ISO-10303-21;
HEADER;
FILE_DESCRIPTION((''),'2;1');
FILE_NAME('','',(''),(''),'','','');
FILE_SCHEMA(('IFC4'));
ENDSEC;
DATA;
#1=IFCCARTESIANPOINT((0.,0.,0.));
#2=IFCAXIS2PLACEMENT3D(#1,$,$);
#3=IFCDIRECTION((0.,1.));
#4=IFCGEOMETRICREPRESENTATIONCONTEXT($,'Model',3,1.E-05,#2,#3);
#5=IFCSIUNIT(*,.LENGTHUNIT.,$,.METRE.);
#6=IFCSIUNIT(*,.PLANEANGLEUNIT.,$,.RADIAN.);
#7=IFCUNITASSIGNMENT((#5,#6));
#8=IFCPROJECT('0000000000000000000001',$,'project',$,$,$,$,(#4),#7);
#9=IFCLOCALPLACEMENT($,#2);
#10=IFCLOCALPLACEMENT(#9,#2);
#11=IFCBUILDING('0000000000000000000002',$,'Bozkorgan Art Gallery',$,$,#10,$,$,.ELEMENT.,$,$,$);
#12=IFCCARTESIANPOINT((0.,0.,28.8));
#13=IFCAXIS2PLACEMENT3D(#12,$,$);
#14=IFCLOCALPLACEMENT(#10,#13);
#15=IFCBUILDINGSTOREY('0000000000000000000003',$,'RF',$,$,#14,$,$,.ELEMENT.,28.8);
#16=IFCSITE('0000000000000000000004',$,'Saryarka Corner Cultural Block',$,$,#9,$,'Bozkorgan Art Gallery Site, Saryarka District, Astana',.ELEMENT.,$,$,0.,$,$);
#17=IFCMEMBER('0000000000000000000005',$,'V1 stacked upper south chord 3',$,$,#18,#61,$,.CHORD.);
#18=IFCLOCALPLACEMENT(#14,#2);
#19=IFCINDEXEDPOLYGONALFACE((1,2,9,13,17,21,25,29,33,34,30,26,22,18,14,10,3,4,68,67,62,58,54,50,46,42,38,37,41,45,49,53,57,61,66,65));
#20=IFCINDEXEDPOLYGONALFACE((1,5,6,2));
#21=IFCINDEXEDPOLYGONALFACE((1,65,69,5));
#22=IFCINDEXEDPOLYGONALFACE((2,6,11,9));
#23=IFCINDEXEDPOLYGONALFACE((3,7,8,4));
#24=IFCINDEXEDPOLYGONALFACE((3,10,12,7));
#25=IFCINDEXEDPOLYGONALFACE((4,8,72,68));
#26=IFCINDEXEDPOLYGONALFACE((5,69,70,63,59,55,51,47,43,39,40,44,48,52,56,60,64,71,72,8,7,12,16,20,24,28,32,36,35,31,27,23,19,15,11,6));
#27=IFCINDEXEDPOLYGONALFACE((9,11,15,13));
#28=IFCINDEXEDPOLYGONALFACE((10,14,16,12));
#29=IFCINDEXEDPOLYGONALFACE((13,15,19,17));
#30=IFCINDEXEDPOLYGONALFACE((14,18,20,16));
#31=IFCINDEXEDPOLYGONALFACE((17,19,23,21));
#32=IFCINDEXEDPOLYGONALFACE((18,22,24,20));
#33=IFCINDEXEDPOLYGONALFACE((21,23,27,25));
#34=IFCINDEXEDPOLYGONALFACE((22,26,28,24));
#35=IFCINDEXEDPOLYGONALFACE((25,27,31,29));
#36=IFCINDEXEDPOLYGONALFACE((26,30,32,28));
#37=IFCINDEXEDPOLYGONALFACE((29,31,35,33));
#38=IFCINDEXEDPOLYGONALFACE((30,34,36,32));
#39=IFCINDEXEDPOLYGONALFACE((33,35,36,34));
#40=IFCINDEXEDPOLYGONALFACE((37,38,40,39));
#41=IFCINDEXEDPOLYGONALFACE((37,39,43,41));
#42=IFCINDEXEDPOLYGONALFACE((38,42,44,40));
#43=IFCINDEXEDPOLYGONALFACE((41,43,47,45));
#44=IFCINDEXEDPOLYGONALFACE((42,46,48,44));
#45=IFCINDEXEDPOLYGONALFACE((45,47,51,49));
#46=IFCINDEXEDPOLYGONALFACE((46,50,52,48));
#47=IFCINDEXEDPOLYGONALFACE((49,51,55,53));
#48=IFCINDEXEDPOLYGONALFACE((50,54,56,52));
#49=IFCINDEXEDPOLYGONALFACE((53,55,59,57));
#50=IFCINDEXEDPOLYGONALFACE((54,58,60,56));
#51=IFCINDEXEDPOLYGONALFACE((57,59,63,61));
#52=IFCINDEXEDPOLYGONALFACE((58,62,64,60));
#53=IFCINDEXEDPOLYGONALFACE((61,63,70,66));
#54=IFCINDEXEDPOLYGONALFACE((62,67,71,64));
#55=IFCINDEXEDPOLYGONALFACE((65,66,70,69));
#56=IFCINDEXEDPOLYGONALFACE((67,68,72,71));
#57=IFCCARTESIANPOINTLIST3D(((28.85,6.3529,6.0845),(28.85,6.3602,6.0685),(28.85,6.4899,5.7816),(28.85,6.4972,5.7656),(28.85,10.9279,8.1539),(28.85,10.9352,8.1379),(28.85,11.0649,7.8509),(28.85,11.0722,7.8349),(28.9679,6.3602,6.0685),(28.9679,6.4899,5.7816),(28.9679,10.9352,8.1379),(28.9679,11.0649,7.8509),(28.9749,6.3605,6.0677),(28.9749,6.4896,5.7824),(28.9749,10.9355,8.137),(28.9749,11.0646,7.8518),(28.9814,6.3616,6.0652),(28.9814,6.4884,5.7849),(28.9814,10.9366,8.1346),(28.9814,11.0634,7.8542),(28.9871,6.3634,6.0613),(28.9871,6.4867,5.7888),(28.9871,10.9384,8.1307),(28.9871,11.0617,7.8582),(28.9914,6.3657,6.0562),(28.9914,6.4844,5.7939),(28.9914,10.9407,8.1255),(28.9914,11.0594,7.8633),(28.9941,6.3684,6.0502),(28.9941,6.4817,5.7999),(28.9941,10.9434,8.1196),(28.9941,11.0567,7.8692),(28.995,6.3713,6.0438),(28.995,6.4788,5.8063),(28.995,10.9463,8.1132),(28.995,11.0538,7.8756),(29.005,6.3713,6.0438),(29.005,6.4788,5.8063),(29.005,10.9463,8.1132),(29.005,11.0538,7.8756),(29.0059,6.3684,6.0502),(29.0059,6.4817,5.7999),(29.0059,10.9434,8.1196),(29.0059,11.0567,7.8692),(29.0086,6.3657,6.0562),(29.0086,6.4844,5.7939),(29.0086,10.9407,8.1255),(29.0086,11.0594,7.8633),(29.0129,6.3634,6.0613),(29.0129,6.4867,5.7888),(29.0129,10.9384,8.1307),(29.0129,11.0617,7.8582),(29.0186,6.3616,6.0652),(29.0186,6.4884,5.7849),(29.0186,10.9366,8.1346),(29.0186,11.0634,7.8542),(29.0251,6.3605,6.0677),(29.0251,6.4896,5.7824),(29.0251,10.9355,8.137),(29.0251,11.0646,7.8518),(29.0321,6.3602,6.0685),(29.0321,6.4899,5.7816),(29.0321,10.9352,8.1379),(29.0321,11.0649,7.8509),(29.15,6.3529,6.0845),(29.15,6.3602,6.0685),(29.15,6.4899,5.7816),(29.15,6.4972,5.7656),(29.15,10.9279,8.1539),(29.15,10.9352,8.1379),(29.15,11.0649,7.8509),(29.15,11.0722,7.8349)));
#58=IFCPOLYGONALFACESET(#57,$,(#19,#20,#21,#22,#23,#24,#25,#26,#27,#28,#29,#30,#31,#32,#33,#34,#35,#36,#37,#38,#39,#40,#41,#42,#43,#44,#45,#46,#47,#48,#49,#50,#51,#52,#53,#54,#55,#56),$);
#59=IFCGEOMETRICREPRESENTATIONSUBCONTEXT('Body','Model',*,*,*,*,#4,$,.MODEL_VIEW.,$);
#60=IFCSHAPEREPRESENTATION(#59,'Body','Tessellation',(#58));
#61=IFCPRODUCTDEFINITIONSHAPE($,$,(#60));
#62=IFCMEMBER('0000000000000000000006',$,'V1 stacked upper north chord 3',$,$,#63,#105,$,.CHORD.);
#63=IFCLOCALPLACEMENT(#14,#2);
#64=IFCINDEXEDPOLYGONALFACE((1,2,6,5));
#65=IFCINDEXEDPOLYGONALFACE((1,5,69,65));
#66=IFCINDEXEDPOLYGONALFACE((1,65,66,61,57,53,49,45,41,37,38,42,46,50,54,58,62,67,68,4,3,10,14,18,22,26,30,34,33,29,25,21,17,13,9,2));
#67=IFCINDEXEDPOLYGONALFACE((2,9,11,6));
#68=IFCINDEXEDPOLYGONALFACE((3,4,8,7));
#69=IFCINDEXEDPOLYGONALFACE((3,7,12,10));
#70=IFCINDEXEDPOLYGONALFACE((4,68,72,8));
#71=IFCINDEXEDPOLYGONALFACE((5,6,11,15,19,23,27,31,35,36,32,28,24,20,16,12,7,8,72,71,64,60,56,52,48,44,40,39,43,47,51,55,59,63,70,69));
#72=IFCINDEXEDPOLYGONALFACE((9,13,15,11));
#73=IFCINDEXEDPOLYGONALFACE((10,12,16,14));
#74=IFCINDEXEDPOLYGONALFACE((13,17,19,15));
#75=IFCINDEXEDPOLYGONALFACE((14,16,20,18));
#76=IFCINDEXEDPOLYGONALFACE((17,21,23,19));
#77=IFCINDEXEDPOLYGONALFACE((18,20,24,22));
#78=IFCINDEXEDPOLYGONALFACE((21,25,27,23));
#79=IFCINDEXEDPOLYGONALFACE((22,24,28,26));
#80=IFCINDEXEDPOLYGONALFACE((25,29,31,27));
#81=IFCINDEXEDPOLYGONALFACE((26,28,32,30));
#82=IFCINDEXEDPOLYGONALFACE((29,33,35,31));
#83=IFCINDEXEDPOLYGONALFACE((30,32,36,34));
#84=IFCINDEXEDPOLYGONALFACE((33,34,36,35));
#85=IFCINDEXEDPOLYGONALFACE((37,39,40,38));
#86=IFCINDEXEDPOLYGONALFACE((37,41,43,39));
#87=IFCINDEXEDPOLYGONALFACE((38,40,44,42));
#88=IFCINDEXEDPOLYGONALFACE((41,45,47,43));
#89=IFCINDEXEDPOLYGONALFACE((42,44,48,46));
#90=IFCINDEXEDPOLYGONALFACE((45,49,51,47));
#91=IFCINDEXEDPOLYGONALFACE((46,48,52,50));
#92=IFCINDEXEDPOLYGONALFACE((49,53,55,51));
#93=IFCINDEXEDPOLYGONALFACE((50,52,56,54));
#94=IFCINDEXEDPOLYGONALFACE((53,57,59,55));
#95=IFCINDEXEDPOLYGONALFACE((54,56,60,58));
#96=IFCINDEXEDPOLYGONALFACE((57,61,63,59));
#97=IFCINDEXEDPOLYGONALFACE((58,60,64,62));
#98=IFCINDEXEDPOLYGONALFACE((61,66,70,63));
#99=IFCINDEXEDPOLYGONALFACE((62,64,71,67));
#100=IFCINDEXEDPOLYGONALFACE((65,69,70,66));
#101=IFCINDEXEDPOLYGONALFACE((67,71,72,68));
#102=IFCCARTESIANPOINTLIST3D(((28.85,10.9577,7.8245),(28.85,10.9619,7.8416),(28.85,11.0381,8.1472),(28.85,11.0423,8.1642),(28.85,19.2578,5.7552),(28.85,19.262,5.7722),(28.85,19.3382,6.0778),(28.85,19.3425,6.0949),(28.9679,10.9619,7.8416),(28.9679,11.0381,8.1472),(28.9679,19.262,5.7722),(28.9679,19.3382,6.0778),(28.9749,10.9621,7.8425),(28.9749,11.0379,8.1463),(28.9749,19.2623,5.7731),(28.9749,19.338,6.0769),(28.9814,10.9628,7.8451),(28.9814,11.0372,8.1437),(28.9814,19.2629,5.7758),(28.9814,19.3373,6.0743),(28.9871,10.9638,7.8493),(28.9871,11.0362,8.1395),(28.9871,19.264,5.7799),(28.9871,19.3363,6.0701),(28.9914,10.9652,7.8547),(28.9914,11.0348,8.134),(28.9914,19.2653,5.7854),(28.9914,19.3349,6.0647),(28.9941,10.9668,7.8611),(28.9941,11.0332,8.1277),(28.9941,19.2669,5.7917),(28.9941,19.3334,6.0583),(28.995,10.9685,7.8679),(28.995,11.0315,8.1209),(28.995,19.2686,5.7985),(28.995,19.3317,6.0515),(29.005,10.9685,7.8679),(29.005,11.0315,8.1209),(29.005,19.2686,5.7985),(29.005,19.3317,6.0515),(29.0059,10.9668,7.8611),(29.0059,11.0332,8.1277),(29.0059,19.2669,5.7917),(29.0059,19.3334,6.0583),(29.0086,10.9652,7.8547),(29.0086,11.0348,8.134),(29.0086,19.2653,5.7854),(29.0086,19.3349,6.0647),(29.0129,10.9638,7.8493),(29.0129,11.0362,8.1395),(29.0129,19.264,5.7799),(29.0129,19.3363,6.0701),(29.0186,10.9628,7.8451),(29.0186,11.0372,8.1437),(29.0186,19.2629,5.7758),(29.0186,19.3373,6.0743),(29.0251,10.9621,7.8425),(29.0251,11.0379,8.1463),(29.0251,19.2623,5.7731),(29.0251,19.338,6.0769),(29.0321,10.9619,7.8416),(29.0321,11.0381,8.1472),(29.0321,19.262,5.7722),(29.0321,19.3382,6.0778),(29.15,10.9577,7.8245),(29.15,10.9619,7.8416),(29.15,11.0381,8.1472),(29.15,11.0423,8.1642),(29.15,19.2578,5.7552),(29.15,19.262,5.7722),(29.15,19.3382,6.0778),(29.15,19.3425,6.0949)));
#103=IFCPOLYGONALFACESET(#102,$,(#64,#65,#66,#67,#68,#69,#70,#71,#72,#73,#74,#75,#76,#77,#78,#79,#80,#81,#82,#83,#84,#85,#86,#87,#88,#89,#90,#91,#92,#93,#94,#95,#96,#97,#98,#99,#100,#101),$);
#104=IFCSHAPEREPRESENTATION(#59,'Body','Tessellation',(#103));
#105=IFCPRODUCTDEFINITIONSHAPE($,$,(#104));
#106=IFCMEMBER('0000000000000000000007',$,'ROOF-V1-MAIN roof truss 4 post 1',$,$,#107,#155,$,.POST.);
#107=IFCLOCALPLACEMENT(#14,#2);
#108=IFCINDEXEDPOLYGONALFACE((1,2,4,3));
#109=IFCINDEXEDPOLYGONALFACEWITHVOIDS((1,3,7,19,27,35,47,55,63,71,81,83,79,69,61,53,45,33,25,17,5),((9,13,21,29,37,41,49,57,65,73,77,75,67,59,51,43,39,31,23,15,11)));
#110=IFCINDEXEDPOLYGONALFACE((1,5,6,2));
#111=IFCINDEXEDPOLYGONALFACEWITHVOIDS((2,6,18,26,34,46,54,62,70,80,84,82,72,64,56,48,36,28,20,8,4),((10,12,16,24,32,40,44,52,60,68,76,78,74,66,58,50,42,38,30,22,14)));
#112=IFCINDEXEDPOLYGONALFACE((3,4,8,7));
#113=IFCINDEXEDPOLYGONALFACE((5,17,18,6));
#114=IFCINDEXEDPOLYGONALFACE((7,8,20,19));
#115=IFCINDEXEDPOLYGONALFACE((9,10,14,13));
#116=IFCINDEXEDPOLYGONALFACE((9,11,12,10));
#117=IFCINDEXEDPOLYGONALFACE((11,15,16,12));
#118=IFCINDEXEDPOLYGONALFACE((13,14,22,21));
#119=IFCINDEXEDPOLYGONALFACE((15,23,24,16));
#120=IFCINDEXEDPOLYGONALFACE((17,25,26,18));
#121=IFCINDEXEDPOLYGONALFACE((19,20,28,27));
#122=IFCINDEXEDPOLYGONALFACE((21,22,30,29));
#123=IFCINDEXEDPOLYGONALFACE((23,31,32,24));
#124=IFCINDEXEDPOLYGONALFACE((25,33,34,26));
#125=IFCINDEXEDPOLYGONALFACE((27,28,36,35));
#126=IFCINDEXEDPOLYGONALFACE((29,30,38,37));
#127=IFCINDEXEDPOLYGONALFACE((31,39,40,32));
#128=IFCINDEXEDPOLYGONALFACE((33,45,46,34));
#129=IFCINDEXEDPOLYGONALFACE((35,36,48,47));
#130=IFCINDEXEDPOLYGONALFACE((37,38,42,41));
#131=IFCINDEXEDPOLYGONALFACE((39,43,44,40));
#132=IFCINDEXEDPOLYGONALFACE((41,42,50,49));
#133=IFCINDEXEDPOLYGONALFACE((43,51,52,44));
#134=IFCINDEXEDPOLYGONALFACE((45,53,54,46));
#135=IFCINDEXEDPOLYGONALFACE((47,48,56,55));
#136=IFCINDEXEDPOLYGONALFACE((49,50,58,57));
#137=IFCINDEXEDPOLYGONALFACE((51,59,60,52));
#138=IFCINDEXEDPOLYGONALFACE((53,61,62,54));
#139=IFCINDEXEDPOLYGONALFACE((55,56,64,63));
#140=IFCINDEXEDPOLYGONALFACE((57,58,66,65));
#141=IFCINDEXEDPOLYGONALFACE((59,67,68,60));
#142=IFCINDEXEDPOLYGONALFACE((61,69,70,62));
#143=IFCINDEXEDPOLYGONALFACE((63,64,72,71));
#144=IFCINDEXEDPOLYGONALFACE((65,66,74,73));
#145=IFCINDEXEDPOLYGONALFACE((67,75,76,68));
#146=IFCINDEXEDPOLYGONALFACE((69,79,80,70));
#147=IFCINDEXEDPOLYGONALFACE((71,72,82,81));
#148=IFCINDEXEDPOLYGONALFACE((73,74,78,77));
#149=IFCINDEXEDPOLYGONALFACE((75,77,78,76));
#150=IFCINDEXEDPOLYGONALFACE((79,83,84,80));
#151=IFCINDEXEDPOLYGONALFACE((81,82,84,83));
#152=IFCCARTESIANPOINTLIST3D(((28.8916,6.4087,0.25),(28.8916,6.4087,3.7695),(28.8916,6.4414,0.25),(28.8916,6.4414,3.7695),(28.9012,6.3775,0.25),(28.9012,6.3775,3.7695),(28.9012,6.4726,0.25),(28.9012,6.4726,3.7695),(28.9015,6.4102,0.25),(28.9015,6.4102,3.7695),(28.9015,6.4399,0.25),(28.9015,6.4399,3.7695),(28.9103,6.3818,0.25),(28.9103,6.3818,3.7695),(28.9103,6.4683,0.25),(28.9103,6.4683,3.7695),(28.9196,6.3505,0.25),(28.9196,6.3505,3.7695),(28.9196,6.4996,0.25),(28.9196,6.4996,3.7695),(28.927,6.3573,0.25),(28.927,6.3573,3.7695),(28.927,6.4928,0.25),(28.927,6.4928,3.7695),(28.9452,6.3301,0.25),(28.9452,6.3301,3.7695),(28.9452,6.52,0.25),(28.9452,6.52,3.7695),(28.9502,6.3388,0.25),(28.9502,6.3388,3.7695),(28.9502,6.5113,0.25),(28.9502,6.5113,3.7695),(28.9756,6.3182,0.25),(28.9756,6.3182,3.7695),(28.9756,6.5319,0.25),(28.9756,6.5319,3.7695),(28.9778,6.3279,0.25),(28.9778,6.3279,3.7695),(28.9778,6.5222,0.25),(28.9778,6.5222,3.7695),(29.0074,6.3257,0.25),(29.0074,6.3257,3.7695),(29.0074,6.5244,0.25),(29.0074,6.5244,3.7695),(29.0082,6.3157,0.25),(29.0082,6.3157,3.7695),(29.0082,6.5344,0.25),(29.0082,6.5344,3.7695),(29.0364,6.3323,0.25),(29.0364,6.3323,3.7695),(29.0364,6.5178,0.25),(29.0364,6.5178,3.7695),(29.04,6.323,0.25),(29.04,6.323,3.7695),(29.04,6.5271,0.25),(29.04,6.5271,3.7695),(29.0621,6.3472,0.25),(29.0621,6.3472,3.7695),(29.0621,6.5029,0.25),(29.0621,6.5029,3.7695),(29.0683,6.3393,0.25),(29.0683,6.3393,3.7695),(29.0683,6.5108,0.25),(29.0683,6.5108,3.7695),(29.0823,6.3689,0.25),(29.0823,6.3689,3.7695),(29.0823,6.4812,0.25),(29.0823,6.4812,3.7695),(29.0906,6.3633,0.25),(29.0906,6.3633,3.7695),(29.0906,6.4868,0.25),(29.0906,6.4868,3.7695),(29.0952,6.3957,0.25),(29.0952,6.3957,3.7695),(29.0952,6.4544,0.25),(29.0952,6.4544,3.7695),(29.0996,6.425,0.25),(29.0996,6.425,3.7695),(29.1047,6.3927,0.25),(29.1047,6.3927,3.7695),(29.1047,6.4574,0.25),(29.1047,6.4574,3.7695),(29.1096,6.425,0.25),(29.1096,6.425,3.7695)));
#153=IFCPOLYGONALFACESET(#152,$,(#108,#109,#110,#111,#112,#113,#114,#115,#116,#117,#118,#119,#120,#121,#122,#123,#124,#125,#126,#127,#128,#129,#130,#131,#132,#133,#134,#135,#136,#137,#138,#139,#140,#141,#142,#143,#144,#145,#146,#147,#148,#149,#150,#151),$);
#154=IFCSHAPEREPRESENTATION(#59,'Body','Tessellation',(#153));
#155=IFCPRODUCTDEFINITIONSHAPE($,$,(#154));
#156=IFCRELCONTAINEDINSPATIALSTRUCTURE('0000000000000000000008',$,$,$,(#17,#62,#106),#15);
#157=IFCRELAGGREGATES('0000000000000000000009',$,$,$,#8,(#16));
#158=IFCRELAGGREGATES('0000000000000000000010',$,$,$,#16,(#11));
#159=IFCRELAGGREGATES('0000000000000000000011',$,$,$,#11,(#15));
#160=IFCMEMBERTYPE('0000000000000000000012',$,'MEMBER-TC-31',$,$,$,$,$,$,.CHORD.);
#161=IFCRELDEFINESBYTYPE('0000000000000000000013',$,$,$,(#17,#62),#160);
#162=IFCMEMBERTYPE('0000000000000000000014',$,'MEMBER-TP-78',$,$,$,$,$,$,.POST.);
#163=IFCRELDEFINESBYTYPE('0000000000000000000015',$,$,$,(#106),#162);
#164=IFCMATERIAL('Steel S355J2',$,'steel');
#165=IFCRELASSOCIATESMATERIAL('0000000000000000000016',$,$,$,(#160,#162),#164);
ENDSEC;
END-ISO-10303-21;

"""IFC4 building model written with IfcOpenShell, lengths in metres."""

from ifc_helpers import new_model, si_unit, direction, frame, origin, origin_2d, place, context, subcontext, project, spatial, hollow_circle, i_section, extrude, material, material_profile, profile_set, type_object, element, save


model = new_model("IFC4")

# Units and contexts
model_context = context("Model", 3, precision=1e-05, world=origin(), true_north=direction((0.0, 1.0)))
body_context = subcontext(model_context, "Body", "Model", "MODEL_VIEW")
ifc_project = project(units=[si_unit("LENGTHUNIT", "METRE"), si_unit("PLANEANGLEUNIT", "RADIAN")], contexts=[model_context])

# Site, building, storey
site_placement = place(None, origin())
site = spatial("IfcSite", under=ifc_project, at=site_placement, Name="Saryarka Corner Cultural Block", LongName="Bozkorgan Art Gallery Site, Saryarka District, Astana", CompositionType="ELEMENT", RefElevation=0.0)
building_placement = place(site_placement, origin())
building = spatial("IfcBuilding", under=site, at=building_placement, Name="Bozkorgan Art Gallery", CompositionType="ELEMENT")
storey_placement = place(building_placement, frame((0.0, 0.0, 28.8)))
storey = spatial("IfcBuildingStorey", under=building, at=storey_placement, Name="RF", CompositionType="ELEMENT", Elevation=28.8)

# Shared definitions
ifc_material_1 = material(Name="Steel S355J2", Category="steel")

# Members
ifc_material_profile_1 = material_profile(ifc_material_1, i_section(OverallWidth=0.3, OverallDepth=0.3501, WebThickness=0.01, FlangeThickness=0.0176, FilletRadius=0.0271, at=origin_2d()), Name="HEA 360")
ifc_profile_set_1 = profile_set([ifc_material_profile_1], Name="Steel S355J2")
member_type_1 = type_object("IfcMemberType", Name="MEMBER-TC-31", PredefinedType="CHORD", material=ifc_profile_set_1)
member_1_placement = place(storey_placement, frame((29.0, 6.425, 5.925), z_axis=(0.0, 0.911129, 0.412121), x_axis=(-1.0, 0.0, 0.0)))
element("IfcMember", 1, at=member_1_placement, inside=storey, type_object=member_type_1, Name="V1 stacked upper south chord 3", PredefinedType="CHORD", context=body_context, shape_type="SweptSolid", body=[
    extrude(i_section(OverallWidth=0.3, OverallDepth=0.3501, WebThickness=0.01, FlangeThickness=0.0176, FilletRadius=0.0271, at=origin_2d()), origin(), (0.0, 0.0, 1.0), 5.0212),
])
member_2_placement = place(storey_placement, frame((29.0, 11.0, 7.9944), z_axis=(0.0, 0.970298, -0.241911), x_axis=(-1.0, 0.0, 0.0)))
element("IfcMember", 2, at=member_2_placement, inside=storey, type_object=member_type_1, Name="V1 stacked upper north chord 3", PredefinedType="CHORD", context=body_context, shape_type="SweptSolid", body=[
    extrude(i_section(OverallWidth=0.3, OverallDepth=0.3501, WebThickness=0.01, FlangeThickness=0.0176, FilletRadius=0.0271, at=origin_2d()), origin(), (0.0, 0.0, 1.0), 8.5542),
])
ifc_material_profile_2 = material_profile(ifc_material_1, hollow_circle(Radius=0.1096, WallThickness=0.01, at=origin_2d()), Name="CHS 219.1x10")
ifc_profile_set_2 = profile_set([ifc_material_profile_2], Name="Steel S355J2")
member_type_2 = type_object("IfcMemberType", Name="MEMBER-TP-78", PredefinedType="POST", material=ifc_profile_set_2)
member_3_placement = place(storey_placement, frame((29.0, 6.425, 0.25), z_axis=(0.0, 0.0, 1.0), x_axis=(1.0, 0.0, 0.0)))
element("IfcMember", 3, at=member_3_placement, inside=storey, type_object=member_type_2, Name="ROOF-V1-MAIN roof truss 4 post 1", PredefinedType="POST", context=body_context, shape_type="SweptSolid", body=[
    extrude(hollow_circle(Radius=0.1096, WallThickness=0.01, at=origin_2d()), origin(), (0.0, 0.0, 1.0), 3.5195),
])

save(model, "model.ifc")
